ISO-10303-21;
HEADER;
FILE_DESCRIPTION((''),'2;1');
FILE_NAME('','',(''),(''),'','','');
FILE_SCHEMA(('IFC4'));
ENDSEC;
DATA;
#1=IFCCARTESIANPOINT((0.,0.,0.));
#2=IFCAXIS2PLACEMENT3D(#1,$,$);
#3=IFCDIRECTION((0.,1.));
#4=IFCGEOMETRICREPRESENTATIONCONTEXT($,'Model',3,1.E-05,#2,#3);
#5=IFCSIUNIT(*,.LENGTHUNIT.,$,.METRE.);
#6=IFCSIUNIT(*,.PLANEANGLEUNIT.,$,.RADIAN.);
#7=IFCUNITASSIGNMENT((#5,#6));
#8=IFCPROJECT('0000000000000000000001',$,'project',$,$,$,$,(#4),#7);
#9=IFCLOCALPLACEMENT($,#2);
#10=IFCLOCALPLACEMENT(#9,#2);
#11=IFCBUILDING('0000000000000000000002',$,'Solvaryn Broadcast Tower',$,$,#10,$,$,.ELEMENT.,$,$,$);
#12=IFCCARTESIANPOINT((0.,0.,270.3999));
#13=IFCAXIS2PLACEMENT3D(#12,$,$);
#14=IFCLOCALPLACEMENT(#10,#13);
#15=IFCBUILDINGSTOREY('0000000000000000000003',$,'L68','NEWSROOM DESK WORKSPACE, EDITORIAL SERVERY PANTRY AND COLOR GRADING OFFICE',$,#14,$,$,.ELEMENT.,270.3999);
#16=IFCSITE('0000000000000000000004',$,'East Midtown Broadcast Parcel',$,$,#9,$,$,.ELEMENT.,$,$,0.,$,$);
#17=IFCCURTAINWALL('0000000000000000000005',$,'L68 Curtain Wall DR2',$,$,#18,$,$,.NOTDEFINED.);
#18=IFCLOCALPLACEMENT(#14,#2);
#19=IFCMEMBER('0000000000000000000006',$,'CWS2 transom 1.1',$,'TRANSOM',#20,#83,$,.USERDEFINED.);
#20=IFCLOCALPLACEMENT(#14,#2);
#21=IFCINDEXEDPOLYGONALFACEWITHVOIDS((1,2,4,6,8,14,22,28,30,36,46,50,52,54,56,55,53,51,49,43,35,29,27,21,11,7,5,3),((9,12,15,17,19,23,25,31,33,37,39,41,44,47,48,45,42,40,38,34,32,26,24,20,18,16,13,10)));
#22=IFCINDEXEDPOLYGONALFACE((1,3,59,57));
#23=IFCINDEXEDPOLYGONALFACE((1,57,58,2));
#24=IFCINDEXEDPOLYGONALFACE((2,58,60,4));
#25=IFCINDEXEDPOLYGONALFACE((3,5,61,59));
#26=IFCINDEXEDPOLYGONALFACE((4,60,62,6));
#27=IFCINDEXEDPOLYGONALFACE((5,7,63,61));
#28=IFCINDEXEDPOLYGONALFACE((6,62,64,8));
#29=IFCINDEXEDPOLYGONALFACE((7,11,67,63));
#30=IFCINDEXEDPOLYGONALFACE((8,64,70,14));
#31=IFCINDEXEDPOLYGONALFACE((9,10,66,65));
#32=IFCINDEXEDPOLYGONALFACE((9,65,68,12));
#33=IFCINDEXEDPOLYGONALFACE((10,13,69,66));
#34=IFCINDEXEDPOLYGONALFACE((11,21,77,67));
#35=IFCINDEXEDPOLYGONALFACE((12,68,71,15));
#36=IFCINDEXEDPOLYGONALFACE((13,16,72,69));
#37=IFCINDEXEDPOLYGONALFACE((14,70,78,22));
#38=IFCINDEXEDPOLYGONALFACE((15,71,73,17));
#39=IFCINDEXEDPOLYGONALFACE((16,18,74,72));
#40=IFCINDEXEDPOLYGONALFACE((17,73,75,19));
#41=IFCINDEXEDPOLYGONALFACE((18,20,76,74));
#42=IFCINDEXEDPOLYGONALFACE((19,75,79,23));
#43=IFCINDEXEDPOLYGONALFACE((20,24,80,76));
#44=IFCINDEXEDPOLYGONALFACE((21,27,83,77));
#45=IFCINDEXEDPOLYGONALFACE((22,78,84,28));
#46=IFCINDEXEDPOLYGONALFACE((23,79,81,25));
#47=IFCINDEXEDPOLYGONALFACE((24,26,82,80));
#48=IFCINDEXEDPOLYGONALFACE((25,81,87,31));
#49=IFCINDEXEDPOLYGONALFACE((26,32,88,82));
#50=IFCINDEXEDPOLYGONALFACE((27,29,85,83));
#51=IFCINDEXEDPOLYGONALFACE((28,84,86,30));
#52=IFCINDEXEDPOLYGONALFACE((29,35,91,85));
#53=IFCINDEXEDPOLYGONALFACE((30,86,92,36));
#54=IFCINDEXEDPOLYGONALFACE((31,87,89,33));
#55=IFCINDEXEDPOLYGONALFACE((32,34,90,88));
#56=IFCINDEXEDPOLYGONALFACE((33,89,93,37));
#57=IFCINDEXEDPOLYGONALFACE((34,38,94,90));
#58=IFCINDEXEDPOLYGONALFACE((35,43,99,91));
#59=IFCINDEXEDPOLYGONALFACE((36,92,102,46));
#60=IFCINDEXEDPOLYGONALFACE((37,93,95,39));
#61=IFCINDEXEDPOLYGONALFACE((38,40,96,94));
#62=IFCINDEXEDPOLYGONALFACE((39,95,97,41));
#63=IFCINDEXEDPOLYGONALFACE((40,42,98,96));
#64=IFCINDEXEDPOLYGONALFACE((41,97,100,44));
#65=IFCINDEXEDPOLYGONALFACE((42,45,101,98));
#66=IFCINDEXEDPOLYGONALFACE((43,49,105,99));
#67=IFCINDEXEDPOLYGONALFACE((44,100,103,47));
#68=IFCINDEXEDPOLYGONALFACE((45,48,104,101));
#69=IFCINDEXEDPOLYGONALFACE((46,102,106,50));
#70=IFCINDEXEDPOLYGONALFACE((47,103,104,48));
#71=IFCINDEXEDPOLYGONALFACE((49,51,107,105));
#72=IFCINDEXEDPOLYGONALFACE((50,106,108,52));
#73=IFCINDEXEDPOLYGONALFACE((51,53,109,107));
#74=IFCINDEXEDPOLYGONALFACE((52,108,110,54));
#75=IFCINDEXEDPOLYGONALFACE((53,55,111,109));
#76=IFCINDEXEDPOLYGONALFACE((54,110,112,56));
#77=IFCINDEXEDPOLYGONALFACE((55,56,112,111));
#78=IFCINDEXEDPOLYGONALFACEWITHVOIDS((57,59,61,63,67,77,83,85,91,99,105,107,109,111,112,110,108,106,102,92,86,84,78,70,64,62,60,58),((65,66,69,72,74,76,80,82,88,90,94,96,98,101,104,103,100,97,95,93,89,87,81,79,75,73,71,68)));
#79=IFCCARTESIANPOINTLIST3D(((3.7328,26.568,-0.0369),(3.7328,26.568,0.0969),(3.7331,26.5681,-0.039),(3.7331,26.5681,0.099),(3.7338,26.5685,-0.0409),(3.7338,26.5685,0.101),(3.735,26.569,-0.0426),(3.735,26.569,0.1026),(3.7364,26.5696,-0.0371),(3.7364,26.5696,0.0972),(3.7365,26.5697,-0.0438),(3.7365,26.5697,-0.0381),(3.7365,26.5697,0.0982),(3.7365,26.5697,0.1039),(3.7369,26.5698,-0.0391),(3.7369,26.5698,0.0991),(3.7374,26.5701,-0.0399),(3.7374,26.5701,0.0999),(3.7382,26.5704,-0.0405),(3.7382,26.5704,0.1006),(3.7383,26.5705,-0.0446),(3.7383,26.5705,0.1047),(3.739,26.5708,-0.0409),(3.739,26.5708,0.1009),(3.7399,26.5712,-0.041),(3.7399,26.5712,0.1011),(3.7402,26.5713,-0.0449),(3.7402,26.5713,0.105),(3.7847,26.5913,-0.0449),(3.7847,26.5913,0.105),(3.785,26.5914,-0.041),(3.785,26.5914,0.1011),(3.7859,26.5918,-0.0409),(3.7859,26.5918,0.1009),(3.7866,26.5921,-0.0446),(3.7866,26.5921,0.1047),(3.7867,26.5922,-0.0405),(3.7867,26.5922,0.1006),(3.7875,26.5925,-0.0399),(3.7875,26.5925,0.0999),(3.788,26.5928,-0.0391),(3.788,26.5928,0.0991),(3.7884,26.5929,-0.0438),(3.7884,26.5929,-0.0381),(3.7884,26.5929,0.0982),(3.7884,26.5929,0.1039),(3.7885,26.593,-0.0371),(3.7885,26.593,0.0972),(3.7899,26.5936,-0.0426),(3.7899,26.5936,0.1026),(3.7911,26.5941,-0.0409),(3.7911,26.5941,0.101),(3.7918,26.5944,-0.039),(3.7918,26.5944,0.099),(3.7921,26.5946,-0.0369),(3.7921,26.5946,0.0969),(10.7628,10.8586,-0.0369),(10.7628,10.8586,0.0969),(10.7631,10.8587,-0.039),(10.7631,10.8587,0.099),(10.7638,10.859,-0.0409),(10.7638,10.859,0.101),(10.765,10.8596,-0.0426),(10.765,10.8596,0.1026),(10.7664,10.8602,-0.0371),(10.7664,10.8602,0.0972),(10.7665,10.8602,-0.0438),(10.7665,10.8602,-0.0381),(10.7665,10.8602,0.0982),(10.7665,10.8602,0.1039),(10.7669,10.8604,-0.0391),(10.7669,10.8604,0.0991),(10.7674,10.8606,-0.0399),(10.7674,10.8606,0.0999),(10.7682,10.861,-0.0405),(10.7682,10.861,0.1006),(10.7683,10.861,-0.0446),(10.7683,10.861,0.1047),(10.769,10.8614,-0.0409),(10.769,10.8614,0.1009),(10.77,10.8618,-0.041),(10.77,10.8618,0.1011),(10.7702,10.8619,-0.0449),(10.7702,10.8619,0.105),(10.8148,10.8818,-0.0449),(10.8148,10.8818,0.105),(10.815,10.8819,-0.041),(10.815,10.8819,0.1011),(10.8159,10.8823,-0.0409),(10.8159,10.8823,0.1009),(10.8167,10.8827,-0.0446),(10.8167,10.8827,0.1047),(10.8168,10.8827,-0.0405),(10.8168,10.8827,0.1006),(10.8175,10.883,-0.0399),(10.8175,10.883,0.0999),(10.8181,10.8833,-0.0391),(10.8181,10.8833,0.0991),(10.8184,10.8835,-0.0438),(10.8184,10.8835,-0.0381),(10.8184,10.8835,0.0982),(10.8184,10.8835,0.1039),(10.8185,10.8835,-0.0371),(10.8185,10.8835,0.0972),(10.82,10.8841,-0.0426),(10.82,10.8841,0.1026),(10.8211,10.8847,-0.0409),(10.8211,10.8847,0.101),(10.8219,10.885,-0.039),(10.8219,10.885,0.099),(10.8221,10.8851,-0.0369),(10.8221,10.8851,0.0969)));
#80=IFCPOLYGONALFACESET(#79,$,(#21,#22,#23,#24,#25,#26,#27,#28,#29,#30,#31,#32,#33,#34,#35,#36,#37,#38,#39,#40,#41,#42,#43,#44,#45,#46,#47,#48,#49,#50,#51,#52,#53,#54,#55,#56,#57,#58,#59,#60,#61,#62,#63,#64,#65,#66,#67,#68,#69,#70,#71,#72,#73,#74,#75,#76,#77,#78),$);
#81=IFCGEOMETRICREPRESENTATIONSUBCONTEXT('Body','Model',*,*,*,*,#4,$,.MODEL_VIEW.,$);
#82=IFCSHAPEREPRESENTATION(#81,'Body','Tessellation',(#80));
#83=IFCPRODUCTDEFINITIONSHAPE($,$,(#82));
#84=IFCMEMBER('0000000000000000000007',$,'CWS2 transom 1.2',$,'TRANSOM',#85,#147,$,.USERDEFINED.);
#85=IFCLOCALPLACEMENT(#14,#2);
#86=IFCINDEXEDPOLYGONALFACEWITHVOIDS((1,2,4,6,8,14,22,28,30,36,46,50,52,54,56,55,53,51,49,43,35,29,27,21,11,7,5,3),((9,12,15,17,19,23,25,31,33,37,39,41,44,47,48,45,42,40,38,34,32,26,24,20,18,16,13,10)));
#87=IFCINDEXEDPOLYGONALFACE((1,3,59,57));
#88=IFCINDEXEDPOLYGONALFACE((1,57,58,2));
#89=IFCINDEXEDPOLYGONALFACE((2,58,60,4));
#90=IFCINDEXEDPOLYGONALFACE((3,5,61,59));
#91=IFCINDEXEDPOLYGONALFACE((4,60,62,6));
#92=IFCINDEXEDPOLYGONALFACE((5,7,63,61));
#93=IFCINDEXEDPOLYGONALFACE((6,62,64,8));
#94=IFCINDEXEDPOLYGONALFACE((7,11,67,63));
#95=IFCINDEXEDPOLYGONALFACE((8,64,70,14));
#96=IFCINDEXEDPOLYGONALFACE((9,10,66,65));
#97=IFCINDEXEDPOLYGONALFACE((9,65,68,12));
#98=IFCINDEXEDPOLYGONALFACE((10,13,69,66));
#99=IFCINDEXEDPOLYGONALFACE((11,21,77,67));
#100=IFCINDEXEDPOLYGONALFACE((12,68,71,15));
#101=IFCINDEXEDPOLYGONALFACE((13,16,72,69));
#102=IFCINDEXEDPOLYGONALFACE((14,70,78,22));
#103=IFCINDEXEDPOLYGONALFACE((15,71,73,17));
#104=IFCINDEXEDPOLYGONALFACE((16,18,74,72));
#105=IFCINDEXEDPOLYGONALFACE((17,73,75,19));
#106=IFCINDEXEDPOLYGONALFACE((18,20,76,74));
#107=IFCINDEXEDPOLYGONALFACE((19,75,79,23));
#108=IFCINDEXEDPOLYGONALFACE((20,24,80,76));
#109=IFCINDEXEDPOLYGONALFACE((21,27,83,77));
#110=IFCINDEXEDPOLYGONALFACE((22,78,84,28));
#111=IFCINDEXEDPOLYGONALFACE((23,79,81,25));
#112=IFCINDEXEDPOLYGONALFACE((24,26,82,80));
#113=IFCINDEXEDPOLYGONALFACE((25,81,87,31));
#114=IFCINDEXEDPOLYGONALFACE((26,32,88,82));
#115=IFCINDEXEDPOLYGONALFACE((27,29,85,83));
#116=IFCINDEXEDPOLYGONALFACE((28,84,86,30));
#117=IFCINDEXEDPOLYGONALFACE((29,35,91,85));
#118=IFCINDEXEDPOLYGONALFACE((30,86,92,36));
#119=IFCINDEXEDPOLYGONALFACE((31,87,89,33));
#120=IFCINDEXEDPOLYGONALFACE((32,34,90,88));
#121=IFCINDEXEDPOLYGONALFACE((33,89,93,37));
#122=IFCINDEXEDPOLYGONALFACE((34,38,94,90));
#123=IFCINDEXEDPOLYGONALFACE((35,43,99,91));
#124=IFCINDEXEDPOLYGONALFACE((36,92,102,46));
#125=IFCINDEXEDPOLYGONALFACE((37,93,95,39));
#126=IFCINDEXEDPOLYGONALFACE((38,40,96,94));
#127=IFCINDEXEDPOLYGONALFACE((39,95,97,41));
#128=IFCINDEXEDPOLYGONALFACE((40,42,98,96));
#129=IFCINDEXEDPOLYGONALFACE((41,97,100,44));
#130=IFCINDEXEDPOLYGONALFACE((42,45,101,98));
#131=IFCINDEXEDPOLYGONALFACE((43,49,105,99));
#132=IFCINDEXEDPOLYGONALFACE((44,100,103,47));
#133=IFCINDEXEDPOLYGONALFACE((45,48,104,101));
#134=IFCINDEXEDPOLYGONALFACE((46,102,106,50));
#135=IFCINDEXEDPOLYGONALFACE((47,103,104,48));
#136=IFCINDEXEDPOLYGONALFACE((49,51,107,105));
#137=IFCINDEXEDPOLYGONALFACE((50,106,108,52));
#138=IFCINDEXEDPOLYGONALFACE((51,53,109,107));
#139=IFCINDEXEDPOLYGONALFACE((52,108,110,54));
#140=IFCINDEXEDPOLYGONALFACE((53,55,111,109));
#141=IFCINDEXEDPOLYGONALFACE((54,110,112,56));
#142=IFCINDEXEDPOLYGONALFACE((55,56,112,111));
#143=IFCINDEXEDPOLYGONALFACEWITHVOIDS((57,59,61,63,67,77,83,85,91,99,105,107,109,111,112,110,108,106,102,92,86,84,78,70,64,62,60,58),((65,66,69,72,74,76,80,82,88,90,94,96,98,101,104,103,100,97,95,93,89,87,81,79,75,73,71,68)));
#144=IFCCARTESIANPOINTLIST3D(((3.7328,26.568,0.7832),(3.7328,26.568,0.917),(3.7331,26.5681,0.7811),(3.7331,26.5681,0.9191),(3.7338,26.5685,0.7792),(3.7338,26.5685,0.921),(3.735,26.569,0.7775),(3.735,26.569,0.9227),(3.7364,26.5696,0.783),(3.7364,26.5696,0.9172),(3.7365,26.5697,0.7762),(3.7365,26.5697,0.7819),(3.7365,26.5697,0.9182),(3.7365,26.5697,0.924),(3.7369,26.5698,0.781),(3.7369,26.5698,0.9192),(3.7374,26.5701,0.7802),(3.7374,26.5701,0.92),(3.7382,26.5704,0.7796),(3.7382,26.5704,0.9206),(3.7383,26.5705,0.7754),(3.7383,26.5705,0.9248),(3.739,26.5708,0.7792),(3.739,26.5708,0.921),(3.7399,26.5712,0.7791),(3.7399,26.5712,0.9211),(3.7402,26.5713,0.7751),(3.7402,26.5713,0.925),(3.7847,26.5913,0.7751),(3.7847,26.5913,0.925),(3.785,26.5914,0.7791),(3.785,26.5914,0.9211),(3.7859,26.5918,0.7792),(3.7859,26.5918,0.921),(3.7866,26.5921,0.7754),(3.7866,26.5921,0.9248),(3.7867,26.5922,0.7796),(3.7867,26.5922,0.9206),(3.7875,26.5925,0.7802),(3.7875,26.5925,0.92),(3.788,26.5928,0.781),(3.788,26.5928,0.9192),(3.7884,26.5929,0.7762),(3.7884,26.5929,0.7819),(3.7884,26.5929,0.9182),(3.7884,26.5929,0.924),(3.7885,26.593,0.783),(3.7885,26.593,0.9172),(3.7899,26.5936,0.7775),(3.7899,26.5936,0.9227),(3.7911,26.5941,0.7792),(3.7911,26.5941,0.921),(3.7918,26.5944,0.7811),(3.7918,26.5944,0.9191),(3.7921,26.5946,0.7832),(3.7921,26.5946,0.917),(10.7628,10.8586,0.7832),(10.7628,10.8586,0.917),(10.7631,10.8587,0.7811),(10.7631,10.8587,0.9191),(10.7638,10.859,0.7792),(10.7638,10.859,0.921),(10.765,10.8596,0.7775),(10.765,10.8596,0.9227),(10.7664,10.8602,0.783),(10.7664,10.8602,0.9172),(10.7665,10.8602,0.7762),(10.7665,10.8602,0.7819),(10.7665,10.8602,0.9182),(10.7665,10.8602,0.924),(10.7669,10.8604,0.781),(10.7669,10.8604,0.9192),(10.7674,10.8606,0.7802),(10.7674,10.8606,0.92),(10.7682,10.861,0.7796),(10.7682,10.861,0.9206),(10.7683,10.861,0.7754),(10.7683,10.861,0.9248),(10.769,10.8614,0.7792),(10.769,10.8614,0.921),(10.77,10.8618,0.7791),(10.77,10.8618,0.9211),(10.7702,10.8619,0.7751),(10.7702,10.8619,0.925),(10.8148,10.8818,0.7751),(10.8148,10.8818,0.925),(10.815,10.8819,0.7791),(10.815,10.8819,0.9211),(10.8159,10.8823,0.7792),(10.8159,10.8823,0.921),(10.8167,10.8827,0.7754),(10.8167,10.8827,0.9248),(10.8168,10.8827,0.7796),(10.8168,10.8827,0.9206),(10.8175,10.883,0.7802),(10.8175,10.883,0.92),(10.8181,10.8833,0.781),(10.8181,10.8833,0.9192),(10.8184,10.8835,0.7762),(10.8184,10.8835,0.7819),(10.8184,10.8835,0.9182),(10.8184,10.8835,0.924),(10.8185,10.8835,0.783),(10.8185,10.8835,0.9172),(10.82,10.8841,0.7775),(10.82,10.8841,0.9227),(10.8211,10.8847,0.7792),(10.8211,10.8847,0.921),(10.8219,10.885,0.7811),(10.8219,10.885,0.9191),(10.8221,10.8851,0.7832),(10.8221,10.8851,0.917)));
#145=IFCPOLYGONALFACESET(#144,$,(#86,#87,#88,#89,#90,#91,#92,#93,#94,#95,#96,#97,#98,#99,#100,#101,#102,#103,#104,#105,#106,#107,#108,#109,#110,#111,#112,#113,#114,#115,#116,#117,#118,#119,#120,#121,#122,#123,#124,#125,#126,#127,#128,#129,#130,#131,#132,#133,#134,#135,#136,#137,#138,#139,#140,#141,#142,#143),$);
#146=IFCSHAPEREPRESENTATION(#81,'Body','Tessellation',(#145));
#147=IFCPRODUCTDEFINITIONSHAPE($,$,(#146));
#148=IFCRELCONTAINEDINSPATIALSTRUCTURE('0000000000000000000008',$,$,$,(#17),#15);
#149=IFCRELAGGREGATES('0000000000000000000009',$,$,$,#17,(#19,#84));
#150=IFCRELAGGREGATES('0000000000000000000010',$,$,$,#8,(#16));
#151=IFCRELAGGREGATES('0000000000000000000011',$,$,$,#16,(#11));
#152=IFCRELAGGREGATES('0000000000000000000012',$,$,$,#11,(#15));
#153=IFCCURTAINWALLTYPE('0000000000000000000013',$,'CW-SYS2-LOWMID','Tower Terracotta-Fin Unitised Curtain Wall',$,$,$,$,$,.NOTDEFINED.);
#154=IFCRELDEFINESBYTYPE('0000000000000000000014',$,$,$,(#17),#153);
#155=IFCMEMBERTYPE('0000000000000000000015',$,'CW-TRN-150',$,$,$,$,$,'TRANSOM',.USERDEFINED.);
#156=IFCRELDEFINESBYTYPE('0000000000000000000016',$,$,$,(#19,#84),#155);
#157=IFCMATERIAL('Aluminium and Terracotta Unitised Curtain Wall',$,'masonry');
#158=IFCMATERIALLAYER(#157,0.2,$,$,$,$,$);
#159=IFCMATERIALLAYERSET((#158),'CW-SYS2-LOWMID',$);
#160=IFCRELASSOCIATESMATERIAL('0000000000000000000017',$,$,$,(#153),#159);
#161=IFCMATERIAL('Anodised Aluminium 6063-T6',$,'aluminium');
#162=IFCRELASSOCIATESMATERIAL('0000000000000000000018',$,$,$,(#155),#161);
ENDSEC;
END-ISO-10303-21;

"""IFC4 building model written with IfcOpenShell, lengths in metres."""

from ifc_helpers import new_model, si_unit, direction, frame, origin, origin_2d, place, context, subcontext, project, spatial, hollow_rectangle, extrude, material, layer, layer_set, material_profile, profile_set, type_object, element, aggregate, save


model = new_model("IFC4")

# Units and contexts
model_context = context("Model", 3, precision=1e-05, world=origin(), true_north=direction((0.0, 1.0)))
body_context = subcontext(model_context, "Body", "Model", "MODEL_VIEW")
ifc_project = project(units=[si_unit("LENGTHUNIT", "METRE"), si_unit("PLANEANGLEUNIT", "RADIAN")], contexts=[model_context])

# Site, building, storey
site_placement = place(None, origin())
site = spatial("IfcSite", under=ifc_project, at=site_placement, Name="East Midtown Broadcast Parcel", CompositionType="ELEMENT", RefElevation=0.0)
building_placement = place(site_placement, origin())
building = spatial("IfcBuilding", under=site, at=building_placement, Name="Solvaryn Broadcast Tower", CompositionType="ELEMENT")
storey_placement = place(building_placement, frame((0.0, 0.0, 270.3999)))
storey = spatial("IfcBuildingStorey", under=building, at=storey_placement, Name="L68", Description="NEWSROOM DESK WORKSPACE, EDITORIAL SERVERY PANTRY AND COLOR GRADING OFFICE", CompositionType="ELEMENT", Elevation=270.3999)

# Shared definitions
ifc_material_1 = material(Name="Aluminium and Terracotta Unitised Curtain Wall", Category="masonry")
ifc_layer_1 = layer(ifc_material_1, 0.2)
ifc_layer_set_1 = layer_set([ifc_layer_1], Name="CW-SYS2-LOWMID")
curtain_wall_type = type_object("IfcCurtainWallType", Name="CW-SYS2-LOWMID", Description="Tower Terracotta-Fin Unitised Curtain Wall", PredefinedType="NOTDEFINED", material=ifc_layer_set_1)

# Curtain wall, members
curtain_wall_1_placement = place(storey_placement, origin())
curtain_wall_1 = element("IfcCurtainWall", 1, at=curtain_wall_1_placement, inside=storey, type_object=curtain_wall_type, Name="L68 Curtain Wall DR2", PredefinedType="NOTDEFINED")
ifc_material_2 = material(Name="Anodised Aluminium 6063-T6", Category="aluminium")
ifc_material_profile_1 = material_profile(ifc_material_2, hollow_rectangle(XDim=0.0649, YDim=0.1499, WallThickness=0.0039, InnerFilletRadius=0.0039, OuterFilletRadius=0.0081, at=origin_2d()))
ifc_profile_set_1 = profile_set([ifc_material_profile_1], Name="Anodised Aluminium 6063-T6")
member_type_1 = type_object("IfcMemberType", Name="CW-TRN-150", ElementType="TRANSOM", PredefinedType="USERDEFINED", material=ifc_profile_set_1)
member_1_placement = place(storey_placement, frame((3.7625, 26.5813, 0.03), z_axis=(0.408468, -0.912773, 0.0), x_axis=(0.912773, 0.408468, 0.0)))
member_1 = element("IfcMember", 2, at=member_1_placement, type_object=member_type_1, Name="CWS2 transom 1.1", ObjectType="TRANSOM", PredefinedType="USERDEFINED", context=body_context, shape_type="SweptSolid", body=[
    extrude(hollow_rectangle(XDim=0.0649, YDim=0.1499, WallThickness=0.0039, InnerFilletRadius=0.0039, OuterFilletRadius=0.0081, at=origin_2d()), origin(), (0.0, 0.0, 1.0), 17.2107),
])
member_2_placement = place(storey_placement, frame((3.7625, 26.5813, 0.8501), z_axis=(0.408468, -0.912773, 0.0), x_axis=(0.912773, 0.408468, 0.0)))
member_2 = element("IfcMember", 3, at=member_2_placement, type_object=member_type_1, Name="CWS2 transom 1.2", ObjectType="TRANSOM", PredefinedType="USERDEFINED", context=body_context, shape_type="SweptSolid", body=[
    extrude(hollow_rectangle(XDim=0.0649, YDim=0.1499, WallThickness=0.0039, InnerFilletRadius=0.0039, OuterFilletRadius=0.0081, at=origin_2d()), origin(), (0.0, 0.0, 1.0), 17.2107),
])
aggregate(curtain_wall_1, [member_1, member_2])

save(model, "model.ifc")
